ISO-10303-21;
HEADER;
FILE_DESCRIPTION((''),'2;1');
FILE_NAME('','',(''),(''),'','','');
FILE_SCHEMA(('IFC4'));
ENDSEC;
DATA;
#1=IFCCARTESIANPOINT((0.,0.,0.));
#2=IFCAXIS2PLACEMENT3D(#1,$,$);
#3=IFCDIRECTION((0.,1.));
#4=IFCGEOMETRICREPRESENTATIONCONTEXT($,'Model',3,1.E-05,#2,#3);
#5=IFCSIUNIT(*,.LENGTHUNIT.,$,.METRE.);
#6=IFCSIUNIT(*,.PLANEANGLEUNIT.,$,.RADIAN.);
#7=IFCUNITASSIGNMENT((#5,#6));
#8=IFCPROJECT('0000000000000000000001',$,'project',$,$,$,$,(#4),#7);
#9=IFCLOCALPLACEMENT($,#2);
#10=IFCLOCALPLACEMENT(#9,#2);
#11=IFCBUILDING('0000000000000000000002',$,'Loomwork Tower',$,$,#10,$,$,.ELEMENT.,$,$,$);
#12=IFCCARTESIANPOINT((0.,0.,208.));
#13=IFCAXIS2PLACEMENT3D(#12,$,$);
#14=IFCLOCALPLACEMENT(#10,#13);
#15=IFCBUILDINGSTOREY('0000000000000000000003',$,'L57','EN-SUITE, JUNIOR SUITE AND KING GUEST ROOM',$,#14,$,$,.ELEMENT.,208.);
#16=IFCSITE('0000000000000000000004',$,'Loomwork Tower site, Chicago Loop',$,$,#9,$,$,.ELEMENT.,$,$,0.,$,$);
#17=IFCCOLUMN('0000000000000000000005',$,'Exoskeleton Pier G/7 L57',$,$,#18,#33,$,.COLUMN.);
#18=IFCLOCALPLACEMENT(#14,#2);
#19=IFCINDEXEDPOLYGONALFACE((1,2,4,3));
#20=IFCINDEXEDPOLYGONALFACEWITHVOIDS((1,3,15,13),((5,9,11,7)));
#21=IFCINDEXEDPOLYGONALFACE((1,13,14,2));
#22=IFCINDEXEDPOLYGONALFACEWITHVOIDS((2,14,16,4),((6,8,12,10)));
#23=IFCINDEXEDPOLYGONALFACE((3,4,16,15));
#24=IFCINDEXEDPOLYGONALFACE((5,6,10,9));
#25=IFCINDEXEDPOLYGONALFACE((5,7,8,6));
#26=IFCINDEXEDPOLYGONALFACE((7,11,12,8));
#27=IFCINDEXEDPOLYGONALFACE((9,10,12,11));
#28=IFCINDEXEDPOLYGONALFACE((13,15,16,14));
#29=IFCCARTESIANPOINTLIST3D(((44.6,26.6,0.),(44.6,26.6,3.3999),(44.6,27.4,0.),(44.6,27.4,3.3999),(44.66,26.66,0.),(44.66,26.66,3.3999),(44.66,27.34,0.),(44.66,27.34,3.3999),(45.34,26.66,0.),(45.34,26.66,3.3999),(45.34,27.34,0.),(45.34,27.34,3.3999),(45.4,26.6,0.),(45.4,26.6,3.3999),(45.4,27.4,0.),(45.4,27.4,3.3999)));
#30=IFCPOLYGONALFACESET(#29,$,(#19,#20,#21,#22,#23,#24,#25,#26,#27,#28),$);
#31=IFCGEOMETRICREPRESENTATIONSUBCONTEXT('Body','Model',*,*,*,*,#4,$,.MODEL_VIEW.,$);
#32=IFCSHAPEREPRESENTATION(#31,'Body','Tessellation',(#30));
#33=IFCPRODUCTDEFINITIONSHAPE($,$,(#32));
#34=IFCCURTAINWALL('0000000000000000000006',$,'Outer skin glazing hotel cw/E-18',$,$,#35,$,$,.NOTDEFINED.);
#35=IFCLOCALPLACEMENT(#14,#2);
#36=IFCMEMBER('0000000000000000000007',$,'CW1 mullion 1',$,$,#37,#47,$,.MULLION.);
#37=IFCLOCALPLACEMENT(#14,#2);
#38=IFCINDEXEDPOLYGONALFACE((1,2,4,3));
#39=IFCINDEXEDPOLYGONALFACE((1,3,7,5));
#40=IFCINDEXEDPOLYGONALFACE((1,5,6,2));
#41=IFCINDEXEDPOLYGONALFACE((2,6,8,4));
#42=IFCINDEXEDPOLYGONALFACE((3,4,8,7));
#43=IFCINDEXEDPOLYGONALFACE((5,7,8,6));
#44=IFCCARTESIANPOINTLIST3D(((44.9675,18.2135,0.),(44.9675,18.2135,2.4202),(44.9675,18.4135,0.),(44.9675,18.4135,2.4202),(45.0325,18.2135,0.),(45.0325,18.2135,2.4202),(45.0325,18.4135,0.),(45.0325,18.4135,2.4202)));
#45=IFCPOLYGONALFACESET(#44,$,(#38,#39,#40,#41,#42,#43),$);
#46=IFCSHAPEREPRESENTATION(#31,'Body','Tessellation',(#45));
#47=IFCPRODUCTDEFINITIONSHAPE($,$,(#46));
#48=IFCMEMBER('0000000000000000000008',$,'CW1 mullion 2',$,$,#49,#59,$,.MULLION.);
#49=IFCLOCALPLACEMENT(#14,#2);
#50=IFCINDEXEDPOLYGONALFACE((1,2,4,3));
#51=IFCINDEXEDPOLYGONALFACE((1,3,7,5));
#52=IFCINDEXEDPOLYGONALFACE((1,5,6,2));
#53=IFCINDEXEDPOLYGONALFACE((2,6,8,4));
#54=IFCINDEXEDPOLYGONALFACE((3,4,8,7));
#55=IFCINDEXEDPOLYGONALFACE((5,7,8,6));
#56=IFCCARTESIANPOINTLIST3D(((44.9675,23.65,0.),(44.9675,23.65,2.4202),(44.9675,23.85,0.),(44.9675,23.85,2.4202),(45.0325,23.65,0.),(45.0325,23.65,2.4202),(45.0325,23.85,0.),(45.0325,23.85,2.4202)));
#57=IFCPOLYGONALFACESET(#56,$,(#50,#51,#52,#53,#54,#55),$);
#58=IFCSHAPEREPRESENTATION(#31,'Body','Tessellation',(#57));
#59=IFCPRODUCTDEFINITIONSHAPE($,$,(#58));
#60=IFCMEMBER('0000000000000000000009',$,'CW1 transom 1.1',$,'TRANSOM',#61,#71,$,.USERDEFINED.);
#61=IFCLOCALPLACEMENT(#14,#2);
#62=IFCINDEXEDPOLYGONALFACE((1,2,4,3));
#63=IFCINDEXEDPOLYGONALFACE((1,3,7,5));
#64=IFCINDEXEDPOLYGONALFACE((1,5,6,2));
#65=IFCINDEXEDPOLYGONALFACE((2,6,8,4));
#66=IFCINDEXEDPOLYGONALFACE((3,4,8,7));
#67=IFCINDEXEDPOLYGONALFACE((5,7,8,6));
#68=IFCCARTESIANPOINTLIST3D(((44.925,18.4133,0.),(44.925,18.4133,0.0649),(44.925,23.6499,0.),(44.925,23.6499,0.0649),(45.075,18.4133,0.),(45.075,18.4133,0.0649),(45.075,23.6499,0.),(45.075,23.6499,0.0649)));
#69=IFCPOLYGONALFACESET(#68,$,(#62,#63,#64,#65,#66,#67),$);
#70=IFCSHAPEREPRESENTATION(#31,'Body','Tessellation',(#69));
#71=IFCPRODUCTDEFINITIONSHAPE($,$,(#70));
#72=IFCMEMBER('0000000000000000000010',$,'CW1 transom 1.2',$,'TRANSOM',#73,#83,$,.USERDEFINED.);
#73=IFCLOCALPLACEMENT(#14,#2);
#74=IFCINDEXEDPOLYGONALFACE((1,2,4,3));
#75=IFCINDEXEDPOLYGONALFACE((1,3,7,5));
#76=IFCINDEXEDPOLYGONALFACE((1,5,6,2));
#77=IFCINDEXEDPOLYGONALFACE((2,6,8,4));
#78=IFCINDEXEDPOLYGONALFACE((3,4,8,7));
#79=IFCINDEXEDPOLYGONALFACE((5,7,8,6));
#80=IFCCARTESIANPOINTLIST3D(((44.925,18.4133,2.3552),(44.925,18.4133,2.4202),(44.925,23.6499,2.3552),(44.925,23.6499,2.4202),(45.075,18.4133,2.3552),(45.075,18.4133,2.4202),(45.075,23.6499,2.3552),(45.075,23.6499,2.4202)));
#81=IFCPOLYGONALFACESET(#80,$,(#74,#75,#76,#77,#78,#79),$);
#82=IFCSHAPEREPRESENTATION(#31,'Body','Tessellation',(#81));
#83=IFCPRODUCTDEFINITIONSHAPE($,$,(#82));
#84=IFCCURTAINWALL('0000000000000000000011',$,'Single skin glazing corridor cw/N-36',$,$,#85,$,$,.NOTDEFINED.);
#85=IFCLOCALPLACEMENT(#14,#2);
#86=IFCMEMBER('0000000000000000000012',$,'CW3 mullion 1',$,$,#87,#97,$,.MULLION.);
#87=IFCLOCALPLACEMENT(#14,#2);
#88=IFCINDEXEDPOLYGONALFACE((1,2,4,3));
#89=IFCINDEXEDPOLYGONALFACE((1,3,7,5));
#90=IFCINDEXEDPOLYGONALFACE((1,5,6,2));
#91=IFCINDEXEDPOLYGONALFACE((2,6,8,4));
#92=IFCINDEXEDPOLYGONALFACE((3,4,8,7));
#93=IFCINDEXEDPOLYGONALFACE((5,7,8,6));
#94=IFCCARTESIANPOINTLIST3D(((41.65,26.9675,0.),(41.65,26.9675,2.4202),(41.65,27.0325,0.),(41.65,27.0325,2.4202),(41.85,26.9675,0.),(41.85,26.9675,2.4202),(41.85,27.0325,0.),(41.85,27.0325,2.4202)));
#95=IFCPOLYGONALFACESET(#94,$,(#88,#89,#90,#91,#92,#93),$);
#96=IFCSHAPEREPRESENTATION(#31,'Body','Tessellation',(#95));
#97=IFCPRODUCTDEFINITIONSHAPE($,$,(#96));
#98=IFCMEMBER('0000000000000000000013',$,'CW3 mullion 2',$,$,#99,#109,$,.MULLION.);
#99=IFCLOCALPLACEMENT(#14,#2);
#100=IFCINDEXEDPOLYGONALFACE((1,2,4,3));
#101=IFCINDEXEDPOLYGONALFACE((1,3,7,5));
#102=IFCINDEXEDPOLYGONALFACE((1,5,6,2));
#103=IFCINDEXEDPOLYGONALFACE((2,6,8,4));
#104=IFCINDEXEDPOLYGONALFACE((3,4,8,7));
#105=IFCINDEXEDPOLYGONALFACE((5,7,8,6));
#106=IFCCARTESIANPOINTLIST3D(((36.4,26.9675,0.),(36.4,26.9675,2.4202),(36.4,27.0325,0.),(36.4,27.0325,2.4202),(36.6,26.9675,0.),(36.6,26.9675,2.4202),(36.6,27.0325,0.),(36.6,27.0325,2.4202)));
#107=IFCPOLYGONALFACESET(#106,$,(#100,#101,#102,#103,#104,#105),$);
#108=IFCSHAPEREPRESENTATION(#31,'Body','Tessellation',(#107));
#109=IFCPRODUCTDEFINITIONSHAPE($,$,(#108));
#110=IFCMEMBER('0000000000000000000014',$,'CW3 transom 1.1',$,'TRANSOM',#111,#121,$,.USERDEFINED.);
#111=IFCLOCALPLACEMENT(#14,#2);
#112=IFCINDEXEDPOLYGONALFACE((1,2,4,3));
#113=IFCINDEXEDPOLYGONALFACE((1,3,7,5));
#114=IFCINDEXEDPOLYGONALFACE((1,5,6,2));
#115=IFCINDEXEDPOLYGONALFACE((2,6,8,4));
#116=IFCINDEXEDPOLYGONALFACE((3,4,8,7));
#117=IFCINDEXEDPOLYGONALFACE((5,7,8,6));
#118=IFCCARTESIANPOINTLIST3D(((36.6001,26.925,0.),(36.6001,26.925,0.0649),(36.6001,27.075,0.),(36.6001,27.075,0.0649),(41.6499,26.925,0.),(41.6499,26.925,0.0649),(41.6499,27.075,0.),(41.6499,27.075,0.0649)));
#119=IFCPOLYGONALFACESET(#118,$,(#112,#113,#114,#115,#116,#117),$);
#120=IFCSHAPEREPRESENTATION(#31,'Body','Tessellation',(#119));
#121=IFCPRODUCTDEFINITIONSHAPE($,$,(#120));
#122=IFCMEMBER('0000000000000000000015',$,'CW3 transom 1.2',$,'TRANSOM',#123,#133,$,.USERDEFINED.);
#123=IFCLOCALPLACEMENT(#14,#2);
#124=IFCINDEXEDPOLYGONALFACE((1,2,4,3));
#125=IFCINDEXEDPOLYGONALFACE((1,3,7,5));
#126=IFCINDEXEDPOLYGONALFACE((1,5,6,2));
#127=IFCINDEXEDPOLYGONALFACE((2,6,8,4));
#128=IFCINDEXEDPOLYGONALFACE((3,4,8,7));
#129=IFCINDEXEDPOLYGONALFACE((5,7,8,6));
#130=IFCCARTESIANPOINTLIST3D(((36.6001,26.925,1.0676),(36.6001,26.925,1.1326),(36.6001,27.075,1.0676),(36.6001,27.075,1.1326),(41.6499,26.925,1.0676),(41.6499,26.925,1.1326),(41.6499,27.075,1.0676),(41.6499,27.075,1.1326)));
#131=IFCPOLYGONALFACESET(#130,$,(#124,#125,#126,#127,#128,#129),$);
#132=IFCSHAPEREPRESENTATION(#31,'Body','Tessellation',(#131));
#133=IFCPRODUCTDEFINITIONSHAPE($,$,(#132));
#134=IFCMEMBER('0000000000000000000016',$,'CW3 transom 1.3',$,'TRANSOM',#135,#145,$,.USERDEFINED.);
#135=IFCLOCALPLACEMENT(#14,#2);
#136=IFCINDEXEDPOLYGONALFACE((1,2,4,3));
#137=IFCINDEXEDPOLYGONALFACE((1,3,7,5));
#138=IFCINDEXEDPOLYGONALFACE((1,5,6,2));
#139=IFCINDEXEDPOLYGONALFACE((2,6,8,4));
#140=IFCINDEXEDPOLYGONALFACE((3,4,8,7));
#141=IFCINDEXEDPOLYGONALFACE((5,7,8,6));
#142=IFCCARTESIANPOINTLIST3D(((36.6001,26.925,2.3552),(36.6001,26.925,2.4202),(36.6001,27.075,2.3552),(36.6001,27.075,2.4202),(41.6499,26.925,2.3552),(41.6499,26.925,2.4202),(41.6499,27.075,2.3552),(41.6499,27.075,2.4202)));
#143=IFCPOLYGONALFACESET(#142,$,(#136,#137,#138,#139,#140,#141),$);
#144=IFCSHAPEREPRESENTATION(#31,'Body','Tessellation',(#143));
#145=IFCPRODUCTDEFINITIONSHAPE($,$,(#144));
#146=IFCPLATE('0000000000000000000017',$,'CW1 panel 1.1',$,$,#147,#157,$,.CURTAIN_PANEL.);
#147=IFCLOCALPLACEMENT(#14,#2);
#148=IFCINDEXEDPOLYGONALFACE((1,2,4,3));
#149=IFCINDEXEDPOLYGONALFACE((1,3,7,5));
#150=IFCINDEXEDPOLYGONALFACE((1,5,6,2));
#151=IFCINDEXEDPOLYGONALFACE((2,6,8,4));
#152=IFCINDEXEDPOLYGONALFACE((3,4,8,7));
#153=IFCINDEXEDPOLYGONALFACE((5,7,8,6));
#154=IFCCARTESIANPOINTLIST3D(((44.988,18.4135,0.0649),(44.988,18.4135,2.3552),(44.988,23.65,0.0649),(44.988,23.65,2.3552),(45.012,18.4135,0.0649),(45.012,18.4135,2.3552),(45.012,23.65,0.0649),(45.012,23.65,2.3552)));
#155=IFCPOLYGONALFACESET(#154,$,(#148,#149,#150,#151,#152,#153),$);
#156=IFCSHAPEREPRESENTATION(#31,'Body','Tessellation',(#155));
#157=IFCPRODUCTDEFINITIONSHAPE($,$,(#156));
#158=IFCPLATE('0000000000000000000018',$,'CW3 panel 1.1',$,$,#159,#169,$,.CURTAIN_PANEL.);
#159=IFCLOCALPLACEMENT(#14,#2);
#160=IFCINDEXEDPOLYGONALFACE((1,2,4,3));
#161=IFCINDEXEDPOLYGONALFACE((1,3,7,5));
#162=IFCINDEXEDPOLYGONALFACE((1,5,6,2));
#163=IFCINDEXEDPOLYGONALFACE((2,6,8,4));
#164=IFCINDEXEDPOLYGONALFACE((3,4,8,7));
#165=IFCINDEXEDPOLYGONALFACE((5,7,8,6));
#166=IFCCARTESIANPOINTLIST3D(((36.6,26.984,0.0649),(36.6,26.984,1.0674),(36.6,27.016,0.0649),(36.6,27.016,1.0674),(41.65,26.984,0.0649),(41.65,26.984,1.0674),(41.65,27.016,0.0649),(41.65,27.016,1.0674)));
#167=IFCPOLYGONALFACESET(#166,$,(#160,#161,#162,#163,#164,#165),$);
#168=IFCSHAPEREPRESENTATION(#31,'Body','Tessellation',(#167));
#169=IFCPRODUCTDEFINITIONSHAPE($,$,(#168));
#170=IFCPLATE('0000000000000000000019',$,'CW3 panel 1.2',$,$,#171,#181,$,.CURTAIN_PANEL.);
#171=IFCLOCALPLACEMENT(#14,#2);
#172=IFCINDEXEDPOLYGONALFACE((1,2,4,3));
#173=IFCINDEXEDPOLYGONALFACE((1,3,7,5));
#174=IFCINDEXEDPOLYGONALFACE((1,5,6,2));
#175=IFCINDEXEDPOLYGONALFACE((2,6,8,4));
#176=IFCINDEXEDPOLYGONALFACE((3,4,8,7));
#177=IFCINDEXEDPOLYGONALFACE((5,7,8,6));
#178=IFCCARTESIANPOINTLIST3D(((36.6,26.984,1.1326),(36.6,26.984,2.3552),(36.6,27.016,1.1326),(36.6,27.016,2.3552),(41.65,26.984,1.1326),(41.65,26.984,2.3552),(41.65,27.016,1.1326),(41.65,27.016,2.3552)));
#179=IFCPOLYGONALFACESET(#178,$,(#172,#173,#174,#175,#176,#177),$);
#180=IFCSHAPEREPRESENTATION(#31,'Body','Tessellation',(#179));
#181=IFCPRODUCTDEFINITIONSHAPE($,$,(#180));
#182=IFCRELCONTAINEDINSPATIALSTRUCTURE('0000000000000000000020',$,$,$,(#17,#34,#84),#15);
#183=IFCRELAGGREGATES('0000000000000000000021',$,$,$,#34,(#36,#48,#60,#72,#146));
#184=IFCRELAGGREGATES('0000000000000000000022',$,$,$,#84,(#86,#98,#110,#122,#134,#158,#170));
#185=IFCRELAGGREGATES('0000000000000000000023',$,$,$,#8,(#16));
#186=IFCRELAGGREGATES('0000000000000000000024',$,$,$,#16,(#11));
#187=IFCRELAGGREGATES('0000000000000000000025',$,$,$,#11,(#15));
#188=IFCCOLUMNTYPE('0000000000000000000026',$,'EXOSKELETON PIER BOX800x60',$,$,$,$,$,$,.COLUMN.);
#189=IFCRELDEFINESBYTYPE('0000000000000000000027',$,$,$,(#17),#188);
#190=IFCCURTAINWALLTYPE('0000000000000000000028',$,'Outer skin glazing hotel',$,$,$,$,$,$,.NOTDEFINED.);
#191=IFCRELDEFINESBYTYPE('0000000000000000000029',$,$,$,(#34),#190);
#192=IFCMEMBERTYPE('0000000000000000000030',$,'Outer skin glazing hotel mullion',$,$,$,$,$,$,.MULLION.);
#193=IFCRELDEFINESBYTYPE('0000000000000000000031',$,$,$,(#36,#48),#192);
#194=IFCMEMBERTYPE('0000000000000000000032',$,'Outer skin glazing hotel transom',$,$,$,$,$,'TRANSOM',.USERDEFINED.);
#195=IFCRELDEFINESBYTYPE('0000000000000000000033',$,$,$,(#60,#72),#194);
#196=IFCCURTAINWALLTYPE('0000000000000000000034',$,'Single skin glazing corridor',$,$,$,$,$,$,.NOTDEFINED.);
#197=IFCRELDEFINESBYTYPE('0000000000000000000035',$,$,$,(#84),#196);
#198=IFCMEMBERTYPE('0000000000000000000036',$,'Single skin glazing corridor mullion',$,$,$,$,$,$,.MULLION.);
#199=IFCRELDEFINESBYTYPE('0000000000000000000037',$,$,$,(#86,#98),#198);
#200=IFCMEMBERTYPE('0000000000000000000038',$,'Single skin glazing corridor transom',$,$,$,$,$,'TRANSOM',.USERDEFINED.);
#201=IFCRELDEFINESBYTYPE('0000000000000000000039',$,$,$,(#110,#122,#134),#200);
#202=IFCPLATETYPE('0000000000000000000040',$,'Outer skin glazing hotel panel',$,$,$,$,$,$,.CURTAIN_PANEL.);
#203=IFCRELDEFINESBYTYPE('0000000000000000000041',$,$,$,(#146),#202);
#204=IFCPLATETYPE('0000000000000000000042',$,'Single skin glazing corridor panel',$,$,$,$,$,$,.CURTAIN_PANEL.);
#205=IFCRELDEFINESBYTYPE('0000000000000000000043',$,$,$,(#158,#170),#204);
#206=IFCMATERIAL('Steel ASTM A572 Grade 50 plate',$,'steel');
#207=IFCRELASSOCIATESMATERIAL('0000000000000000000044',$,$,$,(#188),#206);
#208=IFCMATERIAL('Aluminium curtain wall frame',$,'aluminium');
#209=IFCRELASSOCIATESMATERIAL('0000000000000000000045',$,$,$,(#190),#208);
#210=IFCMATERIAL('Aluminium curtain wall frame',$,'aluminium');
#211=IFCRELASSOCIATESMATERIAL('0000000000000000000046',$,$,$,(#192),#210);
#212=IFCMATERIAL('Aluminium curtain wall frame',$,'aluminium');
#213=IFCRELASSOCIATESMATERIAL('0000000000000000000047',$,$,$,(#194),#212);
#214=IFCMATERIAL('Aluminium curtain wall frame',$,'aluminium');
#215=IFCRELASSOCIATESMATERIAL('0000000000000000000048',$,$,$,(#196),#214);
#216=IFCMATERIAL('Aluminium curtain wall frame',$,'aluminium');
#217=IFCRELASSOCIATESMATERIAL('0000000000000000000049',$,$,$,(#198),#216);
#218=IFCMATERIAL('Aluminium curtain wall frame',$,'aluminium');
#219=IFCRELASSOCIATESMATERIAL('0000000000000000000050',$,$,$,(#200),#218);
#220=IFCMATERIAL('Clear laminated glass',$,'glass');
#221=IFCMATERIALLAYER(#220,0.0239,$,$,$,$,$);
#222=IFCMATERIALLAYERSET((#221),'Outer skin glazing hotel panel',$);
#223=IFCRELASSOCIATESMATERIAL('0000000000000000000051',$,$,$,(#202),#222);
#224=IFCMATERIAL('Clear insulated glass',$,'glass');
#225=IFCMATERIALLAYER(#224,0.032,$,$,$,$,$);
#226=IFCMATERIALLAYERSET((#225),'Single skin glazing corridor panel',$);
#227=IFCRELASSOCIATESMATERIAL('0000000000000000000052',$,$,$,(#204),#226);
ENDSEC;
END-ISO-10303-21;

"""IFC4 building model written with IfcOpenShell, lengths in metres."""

from ifc_helpers import new_model, si_unit, direction, frame, origin, origin_2d, place, context, subcontext, project, spatial, rectangle, hollow_rectangle, extrude, material, layer, layer_set, material_profile, profile_set, type_object, element, aggregate, save


model = new_model("IFC4")

# Units and contexts
model_context = context("Model", 3, precision=1e-05, world=origin(), true_north=direction((0.0, 1.0)))
body_context = subcontext(model_context, "Body", "Model", "MODEL_VIEW")
ifc_project = project(units=[si_unit("LENGTHUNIT", "METRE"), si_unit("PLANEANGLEUNIT", "RADIAN")], contexts=[model_context])

# Site, building, storey
site_placement = place(None, origin())
site = spatial("IfcSite", under=ifc_project, at=site_placement, Name="Loomwork Tower site, Chicago Loop", CompositionType="ELEMENT", RefElevation=0.0)
building_placement = place(site_placement, origin())
building = spatial("IfcBuilding", under=site, at=building_placement, Name="Loomwork Tower", CompositionType="ELEMENT")
storey_placement = place(building_placement, frame((0.0, 0.0, 208.0)))
storey = spatial("IfcBuildingStorey", under=building, at=storey_placement, Name="L57", Description="EN-SUITE, JUNIOR SUITE AND KING GUEST ROOM", CompositionType="ELEMENT", Elevation=208.0)

# Column
ifc_material_1 = material(Name="Steel ASTM A572 Grade 50 plate", Category="steel")
ifc_material_profile_1 = material_profile(ifc_material_1, hollow_rectangle(XDim=0.8, YDim=0.8, WallThickness=0.0601, at=origin_2d()), Name="BOX800x60")
ifc_profile_set_1 = profile_set([ifc_material_profile_1], Name="Steel ASTM A572 Grade 50 plate")
column_type = type_object("IfcColumnType", Name="EXOSKELETON PIER BOX800x60", PredefinedType="COLUMN", material=ifc_profile_set_1)
column_placement = place(storey_placement, frame((45.0, 27.0, 0.0), z_axis=(0.0, 0.0, 1.0), x_axis=(0.0, 1.0, 0.0)))
element("IfcColumn", 1, at=column_placement, inside=storey, type_object=column_type, Name="Exoskeleton Pier G/7 L57", PredefinedType="COLUMN", context=body_context, shape_type="SweptSolid", body=[
    extrude(hollow_rectangle(XDim=0.8, YDim=0.8, WallThickness=0.0601, at=origin_2d()), origin(), (0.0, 0.0, 1.0), 3.3999),
])

# Curtain walls, members
ifc_material_2 = material(Name="Aluminium curtain wall frame", Category="aluminium")
curtain_wall_type_1 = type_object("IfcCurtainWallType", Name="Outer skin glazing hotel", PredefinedType="NOTDEFINED", material=ifc_material_2)
curtain_wall_1_placement = place(storey_placement, origin())
curtain_wall_1 = element("IfcCurtainWall", 2, at=curtain_wall_1_placement, inside=storey, type_object=curtain_wall_type_1, Name="Outer skin glazing hotel cw/E-18", PredefinedType="NOTDEFINED")
ifc_material_3 = material(Name="Aluminium curtain wall frame", Category="aluminium")
ifc_material_profile_2 = material_profile(ifc_material_3, rectangle(XDim=0.0649, YDim=0.2, at=origin_2d()), Name="AL 65x200")
ifc_profile_set_2 = profile_set([ifc_material_profile_2], Name="Aluminium curtain wall frame")
member_type_1 = type_object("IfcMemberType", Name="Outer skin glazing hotel mullion", PredefinedType="MULLION", material=ifc_profile_set_2)
member_1_placement = place(storey_placement, frame((45.0, 18.3135, 0.0), z_axis=(0.0, 0.0, 1.0), x_axis=(-1.0, 0.0, 0.0)))
member_1 = element("IfcMember", 3, at=member_1_placement, type_object=member_type_1, Name="CW1 mullion 1", PredefinedType="MULLION", context=body_context, shape_type="SweptSolid", body=[
    extrude(rectangle(XDim=0.0649, YDim=0.2, at=origin_2d()), origin(), (0.0, 0.0, 1.0), 2.4202),
])
member_2_placement = place(storey_placement, frame((45.0, 23.75, 0.0), z_axis=(0.0, 0.0, 1.0), x_axis=(-1.0, 0.0, 0.0)))
member_2 = element("IfcMember", 4, at=member_2_placement, type_object=member_type_1, Name="CW1 mullion 2", PredefinedType="MULLION", context=body_context, shape_type="SweptSolid", body=[
    extrude(rectangle(XDim=0.0649, YDim=0.2, at=origin_2d()), origin(), (0.0, 0.0, 1.0), 2.4202),
])
ifc_material_4 = material(Name="Aluminium curtain wall frame", Category="aluminium")
ifc_material_profile_3 = material_profile(ifc_material_4, rectangle(XDim=0.1499, YDim=0.0649, at=origin_2d()), Name="AL 65x150")
ifc_profile_set_3 = profile_set([ifc_material_profile_3], Name="Aluminium curtain wall frame")
member_type_2 = type_object("IfcMemberType", Name="Outer skin glazing hotel transom", ElementType="TRANSOM", PredefinedType="USERDEFINED", material=ifc_profile_set_3)
member_3_placement = place(storey_placement, frame((45.0, 18.4133, 0.0325), z_axis=(0.0, 1.0, 0.0), x_axis=(-1.0, 0.0, 0.0)))
member_3 = element("IfcMember", 5, at=member_3_placement, type_object=member_type_2, Name="CW1 transom 1.1", ObjectType="TRANSOM", PredefinedType="USERDEFINED", context=body_context, shape_type="SweptSolid", body=[
    extrude(rectangle(XDim=0.1499, YDim=0.0649, at=origin_2d()), origin(), (0.0, 0.0, 1.0), 5.2366),
])
member_4_placement = place(storey_placement, frame((45.0, 18.4133, 2.3877), z_axis=(0.0, 1.0, 0.0), x_axis=(-1.0, 0.0, 0.0)))
member_4 = element("IfcMember", 6, at=member_4_placement, type_object=member_type_2, Name="CW1 transom 1.2", ObjectType="TRANSOM", PredefinedType="USERDEFINED", context=body_context, shape_type="SweptSolid", body=[
    extrude(rectangle(XDim=0.1499, YDim=0.0649, at=origin_2d()), origin(), (0.0, 0.0, 1.0), 5.2366),
])
ifc_material_5 = material(Name="Aluminium curtain wall frame", Category="aluminium")
curtain_wall_type_2 = type_object("IfcCurtainWallType", Name="Single skin glazing corridor", PredefinedType="NOTDEFINED", material=ifc_material_5)
curtain_wall_2_placement = place(storey_placement, origin())
curtain_wall_2 = element("IfcCurtainWall", 7, at=curtain_wall_2_placement, inside=storey, type_object=curtain_wall_type_2, Name="Single skin glazing corridor cw/N-36", PredefinedType="NOTDEFINED")
ifc_material_6 = material(Name="Aluminium curtain wall frame", Category="aluminium")
ifc_material_profile_4 = material_profile(ifc_material_6, rectangle(XDim=0.0649, YDim=0.2, at=origin_2d()), Name="AL 65x200")
ifc_profile_set_4 = profile_set([ifc_material_profile_4], Name="Aluminium curtain wall frame")
member_type_3 = type_object("IfcMemberType", Name="Single skin glazing corridor mullion", PredefinedType="MULLION", material=ifc_profile_set_4)
member_5_placement = place(storey_placement, frame((41.75, 27.0, 0.0), z_axis=(0.0, 0.0, 1.0), x_axis=(0.0, -1.0, 0.0)))
member_5 = element("IfcMember", 8, at=member_5_placement, type_object=member_type_3, Name="CW3 mullion 1", PredefinedType="MULLION", context=body_context, shape_type="SweptSolid", body=[
    extrude(rectangle(XDim=0.0649, YDim=0.2, at=origin_2d()), origin(), (0.0, 0.0, 1.0), 2.4202),
])
member_6_placement = place(storey_placement, frame((36.5, 27.0, 0.0), z_axis=(0.0, 0.0, 1.0), x_axis=(0.0, -1.0, 0.0)))
member_6 = element("IfcMember", 9, at=member_6_placement, type_object=member_type_3, Name="CW3 mullion 2", PredefinedType="MULLION", context=body_context, shape_type="SweptSolid", body=[
    extrude(rectangle(XDim=0.0649, YDim=0.2, at=origin_2d()), origin(), (0.0, 0.0, 1.0), 2.4202),
])
ifc_material_7 = material(Name="Aluminium curtain wall frame", Category="aluminium")
ifc_material_profile_5 = material_profile(ifc_material_7, rectangle(XDim=0.1499, YDim=0.0649, at=origin_2d()), Name="AL 65x150")
ifc_profile_set_5 = profile_set([ifc_material_profile_5], Name="Aluminium curtain wall frame")
member_type_4 = type_object("IfcMemberType", Name="Single skin glazing corridor transom", ElementType="TRANSOM", PredefinedType="USERDEFINED", material=ifc_profile_set_5)
member_7_placement = place(storey_placement, frame((41.6499, 27.0, 0.0325), z_axis=(-1.0, 0.0, 0.0), x_axis=(0.0, -1.0, 0.0)))
member_7 = element("IfcMember", 10, at=member_7_placement, type_object=member_type_4, Name="CW3 transom 1.1", ObjectType="TRANSOM", PredefinedType="USERDEFINED", context=body_context, shape_type="SweptSolid", body=[
    extrude(rectangle(XDim=0.1499, YDim=0.0649, at=origin_2d()), origin(), (0.0, 0.0, 1.0), 5.0498),
])
member_8_placement = place(storey_placement, frame((41.6499, 27.0, 1.1001), z_axis=(-1.0, 0.0, 0.0), x_axis=(0.0, -1.0, 0.0)))
member_8 = element("IfcMember", 11, at=member_8_placement, type_object=member_type_4, Name="CW3 transom 1.2", ObjectType="TRANSOM", PredefinedType="USERDEFINED", context=body_context, shape_type="SweptSolid", body=[
    extrude(rectangle(XDim=0.1499, YDim=0.0649, at=origin_2d()), origin(), (0.0, 0.0, 1.0), 5.0498),
])
member_9_placement = place(storey_placement, frame((41.6499, 27.0, 2.3877), z_axis=(-1.0, 0.0, 0.0), x_axis=(0.0, -1.0, 0.0)))
member_9 = element("IfcMember", 12, at=member_9_placement, type_object=member_type_4, Name="CW3 transom 1.3", ObjectType="TRANSOM", PredefinedType="USERDEFINED", context=body_context, shape_type="SweptSolid", body=[
    extrude(rectangle(XDim=0.1499, YDim=0.0649, at=origin_2d()), origin(), (0.0, 0.0, 1.0), 5.0498),
])

# Plates
ifc_material_8 = material(Name="Clear laminated glass", Category="glass")
ifc_layer_1 = layer(ifc_material_8, 0.0239)
ifc_layer_set_1 = layer_set([ifc_layer_1], Name="Outer skin glazing hotel panel")
plate_type_1 = type_object("IfcPlateType", Name="Outer skin glazing hotel panel", PredefinedType="CURTAIN_PANEL", material=ifc_layer_set_1)
plate_1_placement = place(storey_placement, frame((45.0, 21.0317, 0.0649), z_axis=(0.0, 0.0, 1.0), x_axis=(0.0, 1.0, 0.0)))
plate_1 = element("IfcPlate", 13, at=plate_1_placement, type_object=plate_type_1, Name="CW1 panel 1.1", PredefinedType="CURTAIN_PANEL", context=body_context, shape_type="SweptSolid", body=[
    extrude(rectangle(XDim=5.2366, YDim=0.0239, at=origin_2d()), origin(), (0.0, 0.0, 1.0), 2.2903),
])
aggregate(curtain_wall_1, [member_1, member_2, member_3, member_4, plate_1])
ifc_material_9 = material(Name="Clear insulated glass", Category="glass")
ifc_layer_2 = layer(ifc_material_9, 0.032)
ifc_layer_set_2 = layer_set([ifc_layer_2], Name="Single skin glazing corridor panel")
plate_type_2 = type_object("IfcPlateType", Name="Single skin glazing corridor panel", PredefinedType="CURTAIN_PANEL", material=ifc_layer_set_2)
plate_2_placement = place(storey_placement, frame((39.125, 27.0, 0.0649), z_axis=(0.0, 0.0, 1.0), x_axis=(-1.0, 0.0, 0.0)))
plate_2 = element("IfcPlate", 14, at=plate_2_placement, type_object=plate_type_2, Name="CW3 panel 1.1", PredefinedType="CURTAIN_PANEL", context=body_context, shape_type="SweptSolid", body=[
    extrude(rectangle(XDim=5.05, YDim=0.032, at=origin_2d()), origin(), (0.0, 0.0, 1.0), 1.0024),
])
plate_3_placement = place(storey_placement, frame((39.125, 27.0, 1.1326), z_axis=(0.0, 0.0, 1.0), x_axis=(-1.0, 0.0, 0.0)))
plate_3 = element("IfcPlate", 15, at=plate_3_placement, type_object=plate_type_2, Name="CW3 panel 1.2", PredefinedType="CURTAIN_PANEL", context=body_context, shape_type="SweptSolid", body=[
    extrude(rectangle(XDim=5.05, YDim=0.032, at=origin_2d()), origin(), (0.0, 0.0, 1.0), 1.2227),
])
aggregate(curtain_wall_2, [member_5, member_6, member_7, member_8, member_9, plate_2, plate_3])

save(model, "model.ifc")
